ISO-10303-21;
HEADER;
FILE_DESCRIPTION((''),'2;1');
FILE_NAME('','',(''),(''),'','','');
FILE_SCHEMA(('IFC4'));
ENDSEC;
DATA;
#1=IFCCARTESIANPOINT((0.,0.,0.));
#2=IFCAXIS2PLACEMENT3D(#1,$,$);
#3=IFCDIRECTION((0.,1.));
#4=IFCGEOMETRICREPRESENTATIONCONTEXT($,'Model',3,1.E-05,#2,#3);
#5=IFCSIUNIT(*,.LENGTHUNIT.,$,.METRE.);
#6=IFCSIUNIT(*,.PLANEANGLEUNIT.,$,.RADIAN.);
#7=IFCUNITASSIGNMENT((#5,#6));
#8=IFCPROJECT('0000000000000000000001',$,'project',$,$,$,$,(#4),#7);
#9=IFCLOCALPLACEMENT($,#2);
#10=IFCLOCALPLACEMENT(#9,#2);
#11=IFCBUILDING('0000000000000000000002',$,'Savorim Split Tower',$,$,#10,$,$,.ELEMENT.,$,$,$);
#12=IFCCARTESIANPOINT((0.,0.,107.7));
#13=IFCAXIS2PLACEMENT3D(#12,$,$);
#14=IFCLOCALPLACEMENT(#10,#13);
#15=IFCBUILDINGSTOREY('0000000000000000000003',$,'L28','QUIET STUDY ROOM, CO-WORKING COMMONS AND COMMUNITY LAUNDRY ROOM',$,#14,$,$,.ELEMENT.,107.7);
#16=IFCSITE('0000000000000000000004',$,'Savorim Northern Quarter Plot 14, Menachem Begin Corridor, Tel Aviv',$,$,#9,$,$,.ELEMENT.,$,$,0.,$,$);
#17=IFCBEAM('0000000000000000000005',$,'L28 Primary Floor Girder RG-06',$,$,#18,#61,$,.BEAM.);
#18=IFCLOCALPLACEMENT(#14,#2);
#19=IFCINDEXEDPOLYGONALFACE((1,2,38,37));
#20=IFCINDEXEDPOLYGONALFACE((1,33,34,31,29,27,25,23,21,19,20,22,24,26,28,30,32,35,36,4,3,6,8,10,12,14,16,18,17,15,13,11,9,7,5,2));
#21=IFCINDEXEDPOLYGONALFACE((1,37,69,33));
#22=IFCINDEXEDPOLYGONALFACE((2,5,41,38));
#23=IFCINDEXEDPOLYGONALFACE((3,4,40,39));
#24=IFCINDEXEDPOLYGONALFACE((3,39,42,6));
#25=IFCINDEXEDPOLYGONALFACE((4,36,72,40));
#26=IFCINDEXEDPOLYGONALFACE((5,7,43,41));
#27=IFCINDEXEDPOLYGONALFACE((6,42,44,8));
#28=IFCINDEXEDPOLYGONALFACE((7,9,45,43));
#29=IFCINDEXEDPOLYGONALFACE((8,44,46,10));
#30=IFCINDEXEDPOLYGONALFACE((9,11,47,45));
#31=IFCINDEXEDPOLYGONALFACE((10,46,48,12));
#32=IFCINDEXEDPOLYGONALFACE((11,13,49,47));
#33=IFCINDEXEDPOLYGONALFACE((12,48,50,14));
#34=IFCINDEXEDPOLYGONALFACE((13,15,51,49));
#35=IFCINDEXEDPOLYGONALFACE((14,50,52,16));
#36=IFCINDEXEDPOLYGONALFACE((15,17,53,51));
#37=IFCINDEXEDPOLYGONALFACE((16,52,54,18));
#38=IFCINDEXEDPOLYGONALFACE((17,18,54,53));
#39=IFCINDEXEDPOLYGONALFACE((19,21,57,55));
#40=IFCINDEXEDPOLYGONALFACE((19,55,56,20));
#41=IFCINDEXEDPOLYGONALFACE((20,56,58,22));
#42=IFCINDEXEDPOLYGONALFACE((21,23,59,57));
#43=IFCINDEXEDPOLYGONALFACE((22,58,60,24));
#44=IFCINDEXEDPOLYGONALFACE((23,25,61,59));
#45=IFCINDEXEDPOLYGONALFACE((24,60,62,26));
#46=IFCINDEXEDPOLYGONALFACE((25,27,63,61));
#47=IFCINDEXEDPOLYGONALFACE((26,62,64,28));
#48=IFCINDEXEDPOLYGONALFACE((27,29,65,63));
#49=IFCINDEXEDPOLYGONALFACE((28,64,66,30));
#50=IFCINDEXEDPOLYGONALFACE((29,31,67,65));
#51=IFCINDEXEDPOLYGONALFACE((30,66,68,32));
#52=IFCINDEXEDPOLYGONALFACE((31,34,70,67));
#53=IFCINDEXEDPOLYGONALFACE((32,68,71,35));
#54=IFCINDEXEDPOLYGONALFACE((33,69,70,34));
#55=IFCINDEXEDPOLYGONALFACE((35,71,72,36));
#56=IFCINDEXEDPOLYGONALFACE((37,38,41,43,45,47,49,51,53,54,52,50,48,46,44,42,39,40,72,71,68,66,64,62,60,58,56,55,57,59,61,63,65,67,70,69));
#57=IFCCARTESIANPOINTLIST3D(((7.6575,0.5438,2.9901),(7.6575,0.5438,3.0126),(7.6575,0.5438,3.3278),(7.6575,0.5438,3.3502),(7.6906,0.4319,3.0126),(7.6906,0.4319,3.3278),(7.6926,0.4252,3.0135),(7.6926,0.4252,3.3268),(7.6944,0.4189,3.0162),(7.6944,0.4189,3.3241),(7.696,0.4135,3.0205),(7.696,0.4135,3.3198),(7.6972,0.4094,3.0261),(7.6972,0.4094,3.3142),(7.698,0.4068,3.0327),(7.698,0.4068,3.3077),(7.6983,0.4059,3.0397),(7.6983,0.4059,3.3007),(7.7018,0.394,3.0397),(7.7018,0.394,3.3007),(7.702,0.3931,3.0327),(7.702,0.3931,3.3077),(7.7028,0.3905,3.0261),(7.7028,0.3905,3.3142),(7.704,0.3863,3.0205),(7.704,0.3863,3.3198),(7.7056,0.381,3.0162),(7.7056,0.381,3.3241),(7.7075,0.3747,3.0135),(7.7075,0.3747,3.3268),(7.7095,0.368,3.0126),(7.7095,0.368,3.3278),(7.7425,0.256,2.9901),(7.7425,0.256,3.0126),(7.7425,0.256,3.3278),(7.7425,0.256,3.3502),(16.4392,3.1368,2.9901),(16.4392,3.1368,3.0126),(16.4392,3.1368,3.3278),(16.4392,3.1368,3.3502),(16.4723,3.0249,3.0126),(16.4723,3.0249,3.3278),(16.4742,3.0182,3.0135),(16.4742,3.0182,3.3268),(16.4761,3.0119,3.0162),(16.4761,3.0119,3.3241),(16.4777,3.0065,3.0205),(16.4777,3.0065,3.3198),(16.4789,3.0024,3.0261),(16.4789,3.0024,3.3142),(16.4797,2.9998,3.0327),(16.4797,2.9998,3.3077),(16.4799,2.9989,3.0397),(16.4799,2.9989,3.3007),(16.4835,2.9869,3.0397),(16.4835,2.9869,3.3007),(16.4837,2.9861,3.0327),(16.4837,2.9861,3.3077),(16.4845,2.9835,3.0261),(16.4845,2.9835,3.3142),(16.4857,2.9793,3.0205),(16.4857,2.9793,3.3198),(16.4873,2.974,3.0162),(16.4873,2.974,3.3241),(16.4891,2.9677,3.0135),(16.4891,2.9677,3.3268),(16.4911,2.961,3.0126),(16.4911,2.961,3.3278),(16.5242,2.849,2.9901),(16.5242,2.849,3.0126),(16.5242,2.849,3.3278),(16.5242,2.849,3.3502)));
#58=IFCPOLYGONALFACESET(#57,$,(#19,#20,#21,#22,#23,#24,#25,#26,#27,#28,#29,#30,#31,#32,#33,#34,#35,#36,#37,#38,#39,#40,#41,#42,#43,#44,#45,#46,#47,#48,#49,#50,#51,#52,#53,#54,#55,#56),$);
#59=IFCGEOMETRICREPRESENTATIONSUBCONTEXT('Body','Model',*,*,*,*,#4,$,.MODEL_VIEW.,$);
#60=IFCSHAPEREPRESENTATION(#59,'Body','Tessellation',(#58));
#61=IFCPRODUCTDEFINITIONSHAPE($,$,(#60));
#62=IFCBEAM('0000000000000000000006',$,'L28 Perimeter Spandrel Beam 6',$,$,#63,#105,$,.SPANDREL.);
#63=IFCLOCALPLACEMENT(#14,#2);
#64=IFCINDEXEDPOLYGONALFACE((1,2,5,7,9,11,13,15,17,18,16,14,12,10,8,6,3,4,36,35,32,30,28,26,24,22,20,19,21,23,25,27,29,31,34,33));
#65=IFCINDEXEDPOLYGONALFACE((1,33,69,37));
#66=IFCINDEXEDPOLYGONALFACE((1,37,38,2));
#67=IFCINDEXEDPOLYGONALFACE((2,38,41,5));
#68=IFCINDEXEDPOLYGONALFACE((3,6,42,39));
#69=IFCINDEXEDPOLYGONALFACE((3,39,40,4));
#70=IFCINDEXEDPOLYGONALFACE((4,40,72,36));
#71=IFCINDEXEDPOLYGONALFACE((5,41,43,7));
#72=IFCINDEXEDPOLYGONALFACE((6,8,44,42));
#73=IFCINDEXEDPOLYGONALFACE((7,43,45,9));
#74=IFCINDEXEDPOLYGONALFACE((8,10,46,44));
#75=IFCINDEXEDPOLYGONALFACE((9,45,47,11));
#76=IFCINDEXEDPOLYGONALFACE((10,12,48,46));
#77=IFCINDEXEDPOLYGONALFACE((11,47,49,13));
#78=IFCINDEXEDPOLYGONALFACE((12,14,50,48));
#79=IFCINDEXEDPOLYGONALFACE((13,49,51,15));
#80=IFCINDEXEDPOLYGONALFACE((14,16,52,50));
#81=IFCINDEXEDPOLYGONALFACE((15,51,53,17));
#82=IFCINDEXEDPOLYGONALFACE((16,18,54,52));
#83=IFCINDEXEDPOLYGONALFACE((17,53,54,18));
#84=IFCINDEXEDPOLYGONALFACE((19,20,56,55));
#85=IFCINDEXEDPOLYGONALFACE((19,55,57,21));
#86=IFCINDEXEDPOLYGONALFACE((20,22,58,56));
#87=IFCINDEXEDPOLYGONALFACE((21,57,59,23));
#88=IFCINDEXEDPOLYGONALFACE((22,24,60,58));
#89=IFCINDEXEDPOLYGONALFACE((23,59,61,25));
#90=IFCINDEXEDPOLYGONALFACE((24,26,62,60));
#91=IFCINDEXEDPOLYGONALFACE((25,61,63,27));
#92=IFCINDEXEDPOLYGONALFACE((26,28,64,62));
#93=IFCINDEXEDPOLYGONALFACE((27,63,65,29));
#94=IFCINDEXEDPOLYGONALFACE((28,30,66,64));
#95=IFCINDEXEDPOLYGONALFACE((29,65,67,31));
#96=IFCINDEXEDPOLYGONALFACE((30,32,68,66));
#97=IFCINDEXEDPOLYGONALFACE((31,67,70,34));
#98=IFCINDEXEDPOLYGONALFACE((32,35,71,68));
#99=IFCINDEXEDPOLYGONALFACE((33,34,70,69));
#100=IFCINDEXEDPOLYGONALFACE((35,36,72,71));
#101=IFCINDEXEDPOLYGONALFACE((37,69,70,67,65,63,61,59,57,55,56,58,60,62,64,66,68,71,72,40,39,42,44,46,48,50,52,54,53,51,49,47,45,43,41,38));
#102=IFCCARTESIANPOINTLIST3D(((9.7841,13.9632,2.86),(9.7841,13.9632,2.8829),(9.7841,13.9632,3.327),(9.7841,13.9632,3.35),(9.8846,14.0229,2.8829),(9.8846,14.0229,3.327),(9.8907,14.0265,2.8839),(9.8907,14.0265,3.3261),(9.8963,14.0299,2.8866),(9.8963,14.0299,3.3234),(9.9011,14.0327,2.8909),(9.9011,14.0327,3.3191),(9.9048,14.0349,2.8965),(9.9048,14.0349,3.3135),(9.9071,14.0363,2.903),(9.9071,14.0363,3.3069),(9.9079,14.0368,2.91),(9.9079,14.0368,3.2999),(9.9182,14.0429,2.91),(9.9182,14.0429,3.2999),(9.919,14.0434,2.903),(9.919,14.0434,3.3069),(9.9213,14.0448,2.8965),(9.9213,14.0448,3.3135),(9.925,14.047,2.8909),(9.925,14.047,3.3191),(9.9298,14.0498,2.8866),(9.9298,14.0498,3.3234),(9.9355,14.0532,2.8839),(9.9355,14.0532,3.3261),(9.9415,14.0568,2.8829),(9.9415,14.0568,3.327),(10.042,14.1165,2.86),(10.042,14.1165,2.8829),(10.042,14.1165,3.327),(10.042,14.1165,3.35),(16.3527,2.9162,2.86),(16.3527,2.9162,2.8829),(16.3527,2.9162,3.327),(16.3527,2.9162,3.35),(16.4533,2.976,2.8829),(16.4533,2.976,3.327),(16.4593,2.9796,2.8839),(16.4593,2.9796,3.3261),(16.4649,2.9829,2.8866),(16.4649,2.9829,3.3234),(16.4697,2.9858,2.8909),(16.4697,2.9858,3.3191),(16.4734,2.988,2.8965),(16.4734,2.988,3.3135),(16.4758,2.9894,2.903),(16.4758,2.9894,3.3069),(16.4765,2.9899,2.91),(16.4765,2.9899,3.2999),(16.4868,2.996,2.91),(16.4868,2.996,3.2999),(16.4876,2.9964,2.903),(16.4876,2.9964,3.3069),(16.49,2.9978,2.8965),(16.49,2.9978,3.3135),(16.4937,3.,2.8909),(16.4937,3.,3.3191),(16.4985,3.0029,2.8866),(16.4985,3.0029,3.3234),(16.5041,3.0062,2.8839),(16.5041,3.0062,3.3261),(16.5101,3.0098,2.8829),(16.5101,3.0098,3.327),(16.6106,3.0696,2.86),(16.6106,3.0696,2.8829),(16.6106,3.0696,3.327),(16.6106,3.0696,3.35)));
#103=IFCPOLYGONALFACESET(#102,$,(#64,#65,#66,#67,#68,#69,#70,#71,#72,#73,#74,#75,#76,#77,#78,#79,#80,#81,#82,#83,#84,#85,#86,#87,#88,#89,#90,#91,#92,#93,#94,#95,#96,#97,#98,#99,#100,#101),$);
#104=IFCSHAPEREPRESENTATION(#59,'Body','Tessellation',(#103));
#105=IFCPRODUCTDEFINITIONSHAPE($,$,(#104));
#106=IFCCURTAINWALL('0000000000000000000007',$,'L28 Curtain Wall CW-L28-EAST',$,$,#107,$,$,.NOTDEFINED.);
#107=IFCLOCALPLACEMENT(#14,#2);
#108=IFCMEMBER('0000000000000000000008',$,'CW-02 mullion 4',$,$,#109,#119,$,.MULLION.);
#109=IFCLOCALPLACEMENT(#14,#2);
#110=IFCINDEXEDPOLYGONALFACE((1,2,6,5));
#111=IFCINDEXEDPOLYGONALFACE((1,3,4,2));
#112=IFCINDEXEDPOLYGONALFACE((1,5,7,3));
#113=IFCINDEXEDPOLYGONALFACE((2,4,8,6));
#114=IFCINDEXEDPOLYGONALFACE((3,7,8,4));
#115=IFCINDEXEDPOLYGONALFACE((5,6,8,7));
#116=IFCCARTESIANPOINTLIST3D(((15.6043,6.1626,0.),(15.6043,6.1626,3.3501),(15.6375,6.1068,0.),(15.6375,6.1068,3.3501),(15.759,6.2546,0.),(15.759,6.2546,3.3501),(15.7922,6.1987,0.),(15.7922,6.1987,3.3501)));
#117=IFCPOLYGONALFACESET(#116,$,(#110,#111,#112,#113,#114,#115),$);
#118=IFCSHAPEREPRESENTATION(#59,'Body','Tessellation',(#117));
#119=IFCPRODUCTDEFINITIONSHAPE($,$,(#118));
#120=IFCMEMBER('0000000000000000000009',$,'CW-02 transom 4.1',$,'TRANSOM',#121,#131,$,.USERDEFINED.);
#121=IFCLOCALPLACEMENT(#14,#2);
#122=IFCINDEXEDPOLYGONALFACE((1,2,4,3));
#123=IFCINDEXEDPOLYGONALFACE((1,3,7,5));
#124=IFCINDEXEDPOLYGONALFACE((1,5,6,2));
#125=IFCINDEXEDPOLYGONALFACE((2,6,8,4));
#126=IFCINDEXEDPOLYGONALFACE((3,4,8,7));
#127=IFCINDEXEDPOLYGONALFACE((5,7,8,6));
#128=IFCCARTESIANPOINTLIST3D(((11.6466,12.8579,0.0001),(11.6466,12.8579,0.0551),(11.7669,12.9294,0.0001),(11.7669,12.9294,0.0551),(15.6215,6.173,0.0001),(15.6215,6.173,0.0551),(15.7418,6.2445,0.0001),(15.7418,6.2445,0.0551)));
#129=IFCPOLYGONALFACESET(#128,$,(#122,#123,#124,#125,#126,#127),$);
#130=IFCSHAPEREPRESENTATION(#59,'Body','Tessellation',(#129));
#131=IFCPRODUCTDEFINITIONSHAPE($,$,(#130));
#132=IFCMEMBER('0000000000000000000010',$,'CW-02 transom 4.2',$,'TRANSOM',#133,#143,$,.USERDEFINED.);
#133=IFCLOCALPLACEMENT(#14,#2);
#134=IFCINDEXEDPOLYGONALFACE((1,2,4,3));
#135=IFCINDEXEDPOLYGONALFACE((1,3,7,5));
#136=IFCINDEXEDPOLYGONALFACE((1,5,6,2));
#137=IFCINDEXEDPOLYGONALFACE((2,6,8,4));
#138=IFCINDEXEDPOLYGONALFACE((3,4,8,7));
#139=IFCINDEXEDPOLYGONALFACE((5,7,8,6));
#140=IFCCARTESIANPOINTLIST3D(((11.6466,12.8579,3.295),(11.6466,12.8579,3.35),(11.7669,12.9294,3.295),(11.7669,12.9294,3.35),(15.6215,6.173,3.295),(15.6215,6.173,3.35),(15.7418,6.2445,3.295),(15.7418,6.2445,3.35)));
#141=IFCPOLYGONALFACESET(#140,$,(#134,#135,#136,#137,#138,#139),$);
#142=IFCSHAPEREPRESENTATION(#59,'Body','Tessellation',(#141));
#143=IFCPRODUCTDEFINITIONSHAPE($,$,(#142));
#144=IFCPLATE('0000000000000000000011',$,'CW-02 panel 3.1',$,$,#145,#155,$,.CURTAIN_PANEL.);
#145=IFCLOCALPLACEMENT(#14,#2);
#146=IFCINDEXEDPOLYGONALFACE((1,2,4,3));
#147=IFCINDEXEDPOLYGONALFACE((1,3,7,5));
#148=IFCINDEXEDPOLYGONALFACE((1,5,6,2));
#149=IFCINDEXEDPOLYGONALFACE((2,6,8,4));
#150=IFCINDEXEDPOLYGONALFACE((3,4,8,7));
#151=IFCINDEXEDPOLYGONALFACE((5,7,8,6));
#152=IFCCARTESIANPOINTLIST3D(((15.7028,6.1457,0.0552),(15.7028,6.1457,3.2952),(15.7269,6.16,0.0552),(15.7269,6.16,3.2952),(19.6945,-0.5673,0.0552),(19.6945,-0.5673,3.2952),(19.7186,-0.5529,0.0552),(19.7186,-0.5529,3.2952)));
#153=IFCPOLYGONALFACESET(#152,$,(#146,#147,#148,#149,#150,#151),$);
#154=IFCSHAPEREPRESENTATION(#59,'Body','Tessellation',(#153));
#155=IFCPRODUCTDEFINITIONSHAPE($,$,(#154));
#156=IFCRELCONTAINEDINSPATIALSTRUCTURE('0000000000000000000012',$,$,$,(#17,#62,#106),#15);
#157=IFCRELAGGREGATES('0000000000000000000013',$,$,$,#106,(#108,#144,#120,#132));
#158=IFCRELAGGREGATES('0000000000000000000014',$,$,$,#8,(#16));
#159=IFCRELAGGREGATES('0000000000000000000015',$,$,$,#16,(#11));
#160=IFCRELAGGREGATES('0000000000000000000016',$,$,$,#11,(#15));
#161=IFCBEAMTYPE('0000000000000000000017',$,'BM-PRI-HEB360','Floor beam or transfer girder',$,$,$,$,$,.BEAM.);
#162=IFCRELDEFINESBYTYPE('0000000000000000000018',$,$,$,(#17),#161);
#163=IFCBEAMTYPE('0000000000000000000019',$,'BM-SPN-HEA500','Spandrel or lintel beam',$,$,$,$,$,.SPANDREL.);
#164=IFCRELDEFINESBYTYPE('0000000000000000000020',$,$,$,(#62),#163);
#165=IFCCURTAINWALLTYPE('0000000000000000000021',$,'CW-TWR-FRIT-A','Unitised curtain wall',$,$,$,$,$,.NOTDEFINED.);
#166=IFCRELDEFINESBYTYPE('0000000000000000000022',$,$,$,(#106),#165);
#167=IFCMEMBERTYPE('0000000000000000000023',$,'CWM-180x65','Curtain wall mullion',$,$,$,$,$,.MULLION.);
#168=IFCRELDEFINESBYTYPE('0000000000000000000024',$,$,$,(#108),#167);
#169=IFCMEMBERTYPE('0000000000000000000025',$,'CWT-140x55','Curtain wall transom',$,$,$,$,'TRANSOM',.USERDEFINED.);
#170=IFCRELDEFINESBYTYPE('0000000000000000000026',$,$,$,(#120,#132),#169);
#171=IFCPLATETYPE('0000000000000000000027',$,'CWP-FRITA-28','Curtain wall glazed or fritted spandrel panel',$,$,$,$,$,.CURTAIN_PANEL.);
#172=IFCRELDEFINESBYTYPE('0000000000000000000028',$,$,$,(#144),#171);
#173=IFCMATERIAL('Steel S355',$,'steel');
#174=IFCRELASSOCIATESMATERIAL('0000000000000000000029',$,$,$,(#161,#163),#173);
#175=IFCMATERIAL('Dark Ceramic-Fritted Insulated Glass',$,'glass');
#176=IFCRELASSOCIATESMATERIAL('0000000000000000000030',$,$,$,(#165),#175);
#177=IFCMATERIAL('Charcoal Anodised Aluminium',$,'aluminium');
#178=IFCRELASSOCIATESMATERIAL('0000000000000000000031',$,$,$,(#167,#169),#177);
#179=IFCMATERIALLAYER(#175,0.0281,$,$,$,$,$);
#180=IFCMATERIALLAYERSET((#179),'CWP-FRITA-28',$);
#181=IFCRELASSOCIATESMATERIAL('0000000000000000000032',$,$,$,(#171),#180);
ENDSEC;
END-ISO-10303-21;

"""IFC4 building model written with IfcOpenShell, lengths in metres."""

from ifc_helpers import new_model, si_unit, direction, frame, origin, origin_2d, place, context, subcontext, project, spatial, rectangle, i_section, extrude, material, layer, layer_set, material_profile, profile_set, type_object, element, aggregate, save


model = new_model("IFC4")

# Units and contexts
model_context = context("Model", 3, precision=1e-05, world=origin(), true_north=direction((0.0, 1.0)))
body_context = subcontext(model_context, "Body", "Model", "MODEL_VIEW")
ifc_project = project(units=[si_unit("LENGTHUNIT", "METRE"), si_unit("PLANEANGLEUNIT", "RADIAN")], contexts=[model_context])

# Site, building, storey
site_placement = place(None, origin())
site = spatial("IfcSite", under=ifc_project, at=site_placement, Name="Savorim Northern Quarter Plot 14, Menachem Begin Corridor, Tel Aviv", CompositionType="ELEMENT", RefElevation=0.0)
building_placement = place(site_placement, origin())
building = spatial("IfcBuilding", under=site, at=building_placement, Name="Savorim Split Tower", CompositionType="ELEMENT")
storey_placement = place(building_placement, frame((0.0, 0.0, 107.7)))
storey = spatial("IfcBuildingStorey", under=building, at=storey_placement, Name="L28", Description="QUIET STUDY ROOM, CO-WORKING COMMONS AND COMMUNITY LAUNDRY ROOM", CompositionType="ELEMENT", Elevation=107.7)

# Beams
ifc_material_1 = material(Name="Steel S355", Category="steel")
ifc_material_profile_1 = material_profile(ifc_material_1, i_section(OverallWidth=0.3, OverallDepth=0.3601, WebThickness=0.0125, FlangeThickness=0.0225, FilletRadius=0.0271, at=origin_2d()), Name="HEB 360")
ifc_profile_set_1 = profile_set([ifc_material_profile_1], Name="Steel S355")
beam_type_1 = type_object("IfcBeamType", Name="BM-PRI-HEB360", Description="Floor beam or transfer girder", PredefinedType="BEAM", material=ifc_profile_set_1)
beam_1_placement = place(storey_placement, frame((16.4817, 2.9929, 3.1702), z_axis=(-0.959065, -0.283187, 0.0), x_axis=(0.283187, -0.959065, 0.0)))
element("IfcBeam", 1, at=beam_1_placement, inside=storey, type_object=beam_type_1, Name="L28 Primary Floor Girder RG-06", PredefinedType="BEAM", context=body_context, shape_type="SweptSolid", body=[
    extrude(i_section(OverallWidth=0.3, OverallDepth=0.3601, WebThickness=0.0125, FlangeThickness=0.0225, FilletRadius=0.0271, at=origin_2d()), origin(), (0.0, 0.0, 1.0), 9.1565),
])
ifc_material_profile_2 = material_profile(ifc_material_1, i_section(OverallWidth=0.3, OverallDepth=0.49, WebThickness=0.012, FlangeThickness=0.0229, FilletRadius=0.0271, at=origin_2d()), Name="HEA 500")
ifc_profile_set_2 = profile_set([ifc_material_profile_2], Name="Steel S355")
beam_type_2 = type_object("IfcBeamType", Name="BM-SPN-HEA500", Description="Spandrel or lintel beam", PredefinedType="SPANDREL", material=ifc_profile_set_2)
beam_2_placement = place(storey_placement, frame((16.4817, 2.9929, 3.105), z_axis=(-0.511086, 0.859529, 0.0), x_axis=(-0.859529, -0.511086, 0.0)))
element("IfcBeam", 2, at=beam_2_placement, inside=storey, type_object=beam_type_2, Name="L28 Perimeter Spandrel Beam 6", PredefinedType="SPANDREL", context=body_context, shape_type="SweptSolid", body=[
    extrude(i_section(OverallWidth=0.3, OverallDepth=0.49, WebThickness=0.012, FlangeThickness=0.0229, FilletRadius=0.0271, at=origin_2d()), origin(), (0.0, 0.0, 1.0), 12.8523),
])

# Curtain wall, members, plate
ifc_material_2 = material(Name="Dark Ceramic-Fritted Insulated Glass", Category="glass")
curtain_wall_type = type_object("IfcCurtainWallType", Name="CW-TWR-FRIT-A", Description="Unitised curtain wall", PredefinedType="NOTDEFINED", material=ifc_material_2)
curtain_wall_placement = place(storey_placement, origin())
curtain_wall = element("IfcCurtainWall", 3, at=curtain_wall_placement, inside=storey, type_object=curtain_wall_type, Name="L28 Curtain Wall CW-L28-EAST", PredefinedType="NOTDEFINED")
ifc_material_3 = material(Name="Charcoal Anodised Aluminium", Category="aluminium")
ifc_material_profile_3 = material_profile(ifc_material_3, rectangle(XDim=0.1799, YDim=0.0649, at=origin_2d()), Name="ALU-M 180x65")
ifc_profile_set_3 = profile_set([ifc_material_profile_3], Name="Charcoal Anodised Aluminium")
member_type_1 = type_object("IfcMemberType", Name="CWM-180x65", Description="Curtain wall mullion", PredefinedType="MULLION", material=ifc_profile_set_3)
member_1_placement = place(storey_placement, frame((15.6982, 6.1807, 0.0), z_axis=(0.0, 0.0, 1.0), x_axis=(-0.859525, -0.511093, 0.0)))
member_1 = element("IfcMember", 4, at=member_1_placement, type_object=member_type_1, Name="CW-02 mullion 4", PredefinedType="MULLION", context=body_context, shape_type="SweptSolid", body=[
    extrude(rectangle(XDim=0.1799, YDim=0.0649, at=origin_2d()), origin(), (0.0, 0.0, 1.0), 3.3501),
])
ifc_material_profile_4 = material_profile(ifc_material_3, rectangle(XDim=0.1399, YDim=0.0549, at=origin_2d()), Name="ALU-T 140x55")
ifc_profile_set_4 = profile_set([ifc_material_profile_4], Name="Charcoal Anodised Aluminium")
member_type_2 = type_object("IfcMemberType", Name="CWT-140x55", Description="Curtain wall transom", ElementType="TRANSOM", PredefinedType="USERDEFINED", material=ifc_profile_set_4)
member_2_placement = place(storey_placement, frame((15.6816, 6.2087, 0.0276), z_axis=(-0.511085, 0.85953, 0.0), x_axis=(-0.85953, -0.511085, 0.0)))
member_2 = element("IfcMember", 5, at=member_2_placement, type_object=member_type_2, Name="CW-02 transom 4.1", ObjectType="TRANSOM", PredefinedType="USERDEFINED", context=body_context, shape_type="SweptSolid", body=[
    extrude(rectangle(XDim=0.1399, YDim=0.0549, at=origin_2d()), origin(), (0.0, 0.0, 1.0), 7.7773),
])
member_3_placement = place(storey_placement, frame((15.6816, 6.2087, 3.3225), z_axis=(-0.511085, 0.85953, 0.0), x_axis=(-0.85953, -0.511085, 0.0)))
member_3 = element("IfcMember", 6, at=member_3_placement, type_object=member_type_2, Name="CW-02 transom 4.2", ObjectType="TRANSOM", PredefinedType="USERDEFINED", context=body_context, shape_type="SweptSolid", body=[
    extrude(rectangle(XDim=0.1399, YDim=0.0549, at=origin_2d()), origin(), (0.0, 0.0, 1.0), 7.7773),
])
ifc_layer_1 = layer(ifc_material_2, 0.0281)
ifc_layer_set_1 = layer_set([ifc_layer_1], Name="CWP-FRITA-28")
plate_type = type_object("IfcPlateType", Name="CWP-FRITA-28", Description="Curtain wall glazed or fritted spandrel panel", PredefinedType="CURTAIN_PANEL", material=ifc_layer_set_1)
plate_placement = place(storey_placement, frame((17.7107, 2.7964, 0.0552), z_axis=(0.0, 0.0, 1.0), x_axis=(-0.511093, 0.859525, 0.0)))
plate = element("IfcPlate", 7, at=plate_placement, type_object=plate_type, Name="CW-02 panel 3.1", PredefinedType="CURTAIN_PANEL", context=body_context, shape_type="SweptSolid", body=[
    extrude(rectangle(XDim=7.8101, YDim=0.0281, at=origin_2d()), origin(), (0.0, 0.0, 1.0), 3.24),
])
aggregate(curtain_wall, [member_1, plate, member_2, member_3])

save(model, "model.ifc")
